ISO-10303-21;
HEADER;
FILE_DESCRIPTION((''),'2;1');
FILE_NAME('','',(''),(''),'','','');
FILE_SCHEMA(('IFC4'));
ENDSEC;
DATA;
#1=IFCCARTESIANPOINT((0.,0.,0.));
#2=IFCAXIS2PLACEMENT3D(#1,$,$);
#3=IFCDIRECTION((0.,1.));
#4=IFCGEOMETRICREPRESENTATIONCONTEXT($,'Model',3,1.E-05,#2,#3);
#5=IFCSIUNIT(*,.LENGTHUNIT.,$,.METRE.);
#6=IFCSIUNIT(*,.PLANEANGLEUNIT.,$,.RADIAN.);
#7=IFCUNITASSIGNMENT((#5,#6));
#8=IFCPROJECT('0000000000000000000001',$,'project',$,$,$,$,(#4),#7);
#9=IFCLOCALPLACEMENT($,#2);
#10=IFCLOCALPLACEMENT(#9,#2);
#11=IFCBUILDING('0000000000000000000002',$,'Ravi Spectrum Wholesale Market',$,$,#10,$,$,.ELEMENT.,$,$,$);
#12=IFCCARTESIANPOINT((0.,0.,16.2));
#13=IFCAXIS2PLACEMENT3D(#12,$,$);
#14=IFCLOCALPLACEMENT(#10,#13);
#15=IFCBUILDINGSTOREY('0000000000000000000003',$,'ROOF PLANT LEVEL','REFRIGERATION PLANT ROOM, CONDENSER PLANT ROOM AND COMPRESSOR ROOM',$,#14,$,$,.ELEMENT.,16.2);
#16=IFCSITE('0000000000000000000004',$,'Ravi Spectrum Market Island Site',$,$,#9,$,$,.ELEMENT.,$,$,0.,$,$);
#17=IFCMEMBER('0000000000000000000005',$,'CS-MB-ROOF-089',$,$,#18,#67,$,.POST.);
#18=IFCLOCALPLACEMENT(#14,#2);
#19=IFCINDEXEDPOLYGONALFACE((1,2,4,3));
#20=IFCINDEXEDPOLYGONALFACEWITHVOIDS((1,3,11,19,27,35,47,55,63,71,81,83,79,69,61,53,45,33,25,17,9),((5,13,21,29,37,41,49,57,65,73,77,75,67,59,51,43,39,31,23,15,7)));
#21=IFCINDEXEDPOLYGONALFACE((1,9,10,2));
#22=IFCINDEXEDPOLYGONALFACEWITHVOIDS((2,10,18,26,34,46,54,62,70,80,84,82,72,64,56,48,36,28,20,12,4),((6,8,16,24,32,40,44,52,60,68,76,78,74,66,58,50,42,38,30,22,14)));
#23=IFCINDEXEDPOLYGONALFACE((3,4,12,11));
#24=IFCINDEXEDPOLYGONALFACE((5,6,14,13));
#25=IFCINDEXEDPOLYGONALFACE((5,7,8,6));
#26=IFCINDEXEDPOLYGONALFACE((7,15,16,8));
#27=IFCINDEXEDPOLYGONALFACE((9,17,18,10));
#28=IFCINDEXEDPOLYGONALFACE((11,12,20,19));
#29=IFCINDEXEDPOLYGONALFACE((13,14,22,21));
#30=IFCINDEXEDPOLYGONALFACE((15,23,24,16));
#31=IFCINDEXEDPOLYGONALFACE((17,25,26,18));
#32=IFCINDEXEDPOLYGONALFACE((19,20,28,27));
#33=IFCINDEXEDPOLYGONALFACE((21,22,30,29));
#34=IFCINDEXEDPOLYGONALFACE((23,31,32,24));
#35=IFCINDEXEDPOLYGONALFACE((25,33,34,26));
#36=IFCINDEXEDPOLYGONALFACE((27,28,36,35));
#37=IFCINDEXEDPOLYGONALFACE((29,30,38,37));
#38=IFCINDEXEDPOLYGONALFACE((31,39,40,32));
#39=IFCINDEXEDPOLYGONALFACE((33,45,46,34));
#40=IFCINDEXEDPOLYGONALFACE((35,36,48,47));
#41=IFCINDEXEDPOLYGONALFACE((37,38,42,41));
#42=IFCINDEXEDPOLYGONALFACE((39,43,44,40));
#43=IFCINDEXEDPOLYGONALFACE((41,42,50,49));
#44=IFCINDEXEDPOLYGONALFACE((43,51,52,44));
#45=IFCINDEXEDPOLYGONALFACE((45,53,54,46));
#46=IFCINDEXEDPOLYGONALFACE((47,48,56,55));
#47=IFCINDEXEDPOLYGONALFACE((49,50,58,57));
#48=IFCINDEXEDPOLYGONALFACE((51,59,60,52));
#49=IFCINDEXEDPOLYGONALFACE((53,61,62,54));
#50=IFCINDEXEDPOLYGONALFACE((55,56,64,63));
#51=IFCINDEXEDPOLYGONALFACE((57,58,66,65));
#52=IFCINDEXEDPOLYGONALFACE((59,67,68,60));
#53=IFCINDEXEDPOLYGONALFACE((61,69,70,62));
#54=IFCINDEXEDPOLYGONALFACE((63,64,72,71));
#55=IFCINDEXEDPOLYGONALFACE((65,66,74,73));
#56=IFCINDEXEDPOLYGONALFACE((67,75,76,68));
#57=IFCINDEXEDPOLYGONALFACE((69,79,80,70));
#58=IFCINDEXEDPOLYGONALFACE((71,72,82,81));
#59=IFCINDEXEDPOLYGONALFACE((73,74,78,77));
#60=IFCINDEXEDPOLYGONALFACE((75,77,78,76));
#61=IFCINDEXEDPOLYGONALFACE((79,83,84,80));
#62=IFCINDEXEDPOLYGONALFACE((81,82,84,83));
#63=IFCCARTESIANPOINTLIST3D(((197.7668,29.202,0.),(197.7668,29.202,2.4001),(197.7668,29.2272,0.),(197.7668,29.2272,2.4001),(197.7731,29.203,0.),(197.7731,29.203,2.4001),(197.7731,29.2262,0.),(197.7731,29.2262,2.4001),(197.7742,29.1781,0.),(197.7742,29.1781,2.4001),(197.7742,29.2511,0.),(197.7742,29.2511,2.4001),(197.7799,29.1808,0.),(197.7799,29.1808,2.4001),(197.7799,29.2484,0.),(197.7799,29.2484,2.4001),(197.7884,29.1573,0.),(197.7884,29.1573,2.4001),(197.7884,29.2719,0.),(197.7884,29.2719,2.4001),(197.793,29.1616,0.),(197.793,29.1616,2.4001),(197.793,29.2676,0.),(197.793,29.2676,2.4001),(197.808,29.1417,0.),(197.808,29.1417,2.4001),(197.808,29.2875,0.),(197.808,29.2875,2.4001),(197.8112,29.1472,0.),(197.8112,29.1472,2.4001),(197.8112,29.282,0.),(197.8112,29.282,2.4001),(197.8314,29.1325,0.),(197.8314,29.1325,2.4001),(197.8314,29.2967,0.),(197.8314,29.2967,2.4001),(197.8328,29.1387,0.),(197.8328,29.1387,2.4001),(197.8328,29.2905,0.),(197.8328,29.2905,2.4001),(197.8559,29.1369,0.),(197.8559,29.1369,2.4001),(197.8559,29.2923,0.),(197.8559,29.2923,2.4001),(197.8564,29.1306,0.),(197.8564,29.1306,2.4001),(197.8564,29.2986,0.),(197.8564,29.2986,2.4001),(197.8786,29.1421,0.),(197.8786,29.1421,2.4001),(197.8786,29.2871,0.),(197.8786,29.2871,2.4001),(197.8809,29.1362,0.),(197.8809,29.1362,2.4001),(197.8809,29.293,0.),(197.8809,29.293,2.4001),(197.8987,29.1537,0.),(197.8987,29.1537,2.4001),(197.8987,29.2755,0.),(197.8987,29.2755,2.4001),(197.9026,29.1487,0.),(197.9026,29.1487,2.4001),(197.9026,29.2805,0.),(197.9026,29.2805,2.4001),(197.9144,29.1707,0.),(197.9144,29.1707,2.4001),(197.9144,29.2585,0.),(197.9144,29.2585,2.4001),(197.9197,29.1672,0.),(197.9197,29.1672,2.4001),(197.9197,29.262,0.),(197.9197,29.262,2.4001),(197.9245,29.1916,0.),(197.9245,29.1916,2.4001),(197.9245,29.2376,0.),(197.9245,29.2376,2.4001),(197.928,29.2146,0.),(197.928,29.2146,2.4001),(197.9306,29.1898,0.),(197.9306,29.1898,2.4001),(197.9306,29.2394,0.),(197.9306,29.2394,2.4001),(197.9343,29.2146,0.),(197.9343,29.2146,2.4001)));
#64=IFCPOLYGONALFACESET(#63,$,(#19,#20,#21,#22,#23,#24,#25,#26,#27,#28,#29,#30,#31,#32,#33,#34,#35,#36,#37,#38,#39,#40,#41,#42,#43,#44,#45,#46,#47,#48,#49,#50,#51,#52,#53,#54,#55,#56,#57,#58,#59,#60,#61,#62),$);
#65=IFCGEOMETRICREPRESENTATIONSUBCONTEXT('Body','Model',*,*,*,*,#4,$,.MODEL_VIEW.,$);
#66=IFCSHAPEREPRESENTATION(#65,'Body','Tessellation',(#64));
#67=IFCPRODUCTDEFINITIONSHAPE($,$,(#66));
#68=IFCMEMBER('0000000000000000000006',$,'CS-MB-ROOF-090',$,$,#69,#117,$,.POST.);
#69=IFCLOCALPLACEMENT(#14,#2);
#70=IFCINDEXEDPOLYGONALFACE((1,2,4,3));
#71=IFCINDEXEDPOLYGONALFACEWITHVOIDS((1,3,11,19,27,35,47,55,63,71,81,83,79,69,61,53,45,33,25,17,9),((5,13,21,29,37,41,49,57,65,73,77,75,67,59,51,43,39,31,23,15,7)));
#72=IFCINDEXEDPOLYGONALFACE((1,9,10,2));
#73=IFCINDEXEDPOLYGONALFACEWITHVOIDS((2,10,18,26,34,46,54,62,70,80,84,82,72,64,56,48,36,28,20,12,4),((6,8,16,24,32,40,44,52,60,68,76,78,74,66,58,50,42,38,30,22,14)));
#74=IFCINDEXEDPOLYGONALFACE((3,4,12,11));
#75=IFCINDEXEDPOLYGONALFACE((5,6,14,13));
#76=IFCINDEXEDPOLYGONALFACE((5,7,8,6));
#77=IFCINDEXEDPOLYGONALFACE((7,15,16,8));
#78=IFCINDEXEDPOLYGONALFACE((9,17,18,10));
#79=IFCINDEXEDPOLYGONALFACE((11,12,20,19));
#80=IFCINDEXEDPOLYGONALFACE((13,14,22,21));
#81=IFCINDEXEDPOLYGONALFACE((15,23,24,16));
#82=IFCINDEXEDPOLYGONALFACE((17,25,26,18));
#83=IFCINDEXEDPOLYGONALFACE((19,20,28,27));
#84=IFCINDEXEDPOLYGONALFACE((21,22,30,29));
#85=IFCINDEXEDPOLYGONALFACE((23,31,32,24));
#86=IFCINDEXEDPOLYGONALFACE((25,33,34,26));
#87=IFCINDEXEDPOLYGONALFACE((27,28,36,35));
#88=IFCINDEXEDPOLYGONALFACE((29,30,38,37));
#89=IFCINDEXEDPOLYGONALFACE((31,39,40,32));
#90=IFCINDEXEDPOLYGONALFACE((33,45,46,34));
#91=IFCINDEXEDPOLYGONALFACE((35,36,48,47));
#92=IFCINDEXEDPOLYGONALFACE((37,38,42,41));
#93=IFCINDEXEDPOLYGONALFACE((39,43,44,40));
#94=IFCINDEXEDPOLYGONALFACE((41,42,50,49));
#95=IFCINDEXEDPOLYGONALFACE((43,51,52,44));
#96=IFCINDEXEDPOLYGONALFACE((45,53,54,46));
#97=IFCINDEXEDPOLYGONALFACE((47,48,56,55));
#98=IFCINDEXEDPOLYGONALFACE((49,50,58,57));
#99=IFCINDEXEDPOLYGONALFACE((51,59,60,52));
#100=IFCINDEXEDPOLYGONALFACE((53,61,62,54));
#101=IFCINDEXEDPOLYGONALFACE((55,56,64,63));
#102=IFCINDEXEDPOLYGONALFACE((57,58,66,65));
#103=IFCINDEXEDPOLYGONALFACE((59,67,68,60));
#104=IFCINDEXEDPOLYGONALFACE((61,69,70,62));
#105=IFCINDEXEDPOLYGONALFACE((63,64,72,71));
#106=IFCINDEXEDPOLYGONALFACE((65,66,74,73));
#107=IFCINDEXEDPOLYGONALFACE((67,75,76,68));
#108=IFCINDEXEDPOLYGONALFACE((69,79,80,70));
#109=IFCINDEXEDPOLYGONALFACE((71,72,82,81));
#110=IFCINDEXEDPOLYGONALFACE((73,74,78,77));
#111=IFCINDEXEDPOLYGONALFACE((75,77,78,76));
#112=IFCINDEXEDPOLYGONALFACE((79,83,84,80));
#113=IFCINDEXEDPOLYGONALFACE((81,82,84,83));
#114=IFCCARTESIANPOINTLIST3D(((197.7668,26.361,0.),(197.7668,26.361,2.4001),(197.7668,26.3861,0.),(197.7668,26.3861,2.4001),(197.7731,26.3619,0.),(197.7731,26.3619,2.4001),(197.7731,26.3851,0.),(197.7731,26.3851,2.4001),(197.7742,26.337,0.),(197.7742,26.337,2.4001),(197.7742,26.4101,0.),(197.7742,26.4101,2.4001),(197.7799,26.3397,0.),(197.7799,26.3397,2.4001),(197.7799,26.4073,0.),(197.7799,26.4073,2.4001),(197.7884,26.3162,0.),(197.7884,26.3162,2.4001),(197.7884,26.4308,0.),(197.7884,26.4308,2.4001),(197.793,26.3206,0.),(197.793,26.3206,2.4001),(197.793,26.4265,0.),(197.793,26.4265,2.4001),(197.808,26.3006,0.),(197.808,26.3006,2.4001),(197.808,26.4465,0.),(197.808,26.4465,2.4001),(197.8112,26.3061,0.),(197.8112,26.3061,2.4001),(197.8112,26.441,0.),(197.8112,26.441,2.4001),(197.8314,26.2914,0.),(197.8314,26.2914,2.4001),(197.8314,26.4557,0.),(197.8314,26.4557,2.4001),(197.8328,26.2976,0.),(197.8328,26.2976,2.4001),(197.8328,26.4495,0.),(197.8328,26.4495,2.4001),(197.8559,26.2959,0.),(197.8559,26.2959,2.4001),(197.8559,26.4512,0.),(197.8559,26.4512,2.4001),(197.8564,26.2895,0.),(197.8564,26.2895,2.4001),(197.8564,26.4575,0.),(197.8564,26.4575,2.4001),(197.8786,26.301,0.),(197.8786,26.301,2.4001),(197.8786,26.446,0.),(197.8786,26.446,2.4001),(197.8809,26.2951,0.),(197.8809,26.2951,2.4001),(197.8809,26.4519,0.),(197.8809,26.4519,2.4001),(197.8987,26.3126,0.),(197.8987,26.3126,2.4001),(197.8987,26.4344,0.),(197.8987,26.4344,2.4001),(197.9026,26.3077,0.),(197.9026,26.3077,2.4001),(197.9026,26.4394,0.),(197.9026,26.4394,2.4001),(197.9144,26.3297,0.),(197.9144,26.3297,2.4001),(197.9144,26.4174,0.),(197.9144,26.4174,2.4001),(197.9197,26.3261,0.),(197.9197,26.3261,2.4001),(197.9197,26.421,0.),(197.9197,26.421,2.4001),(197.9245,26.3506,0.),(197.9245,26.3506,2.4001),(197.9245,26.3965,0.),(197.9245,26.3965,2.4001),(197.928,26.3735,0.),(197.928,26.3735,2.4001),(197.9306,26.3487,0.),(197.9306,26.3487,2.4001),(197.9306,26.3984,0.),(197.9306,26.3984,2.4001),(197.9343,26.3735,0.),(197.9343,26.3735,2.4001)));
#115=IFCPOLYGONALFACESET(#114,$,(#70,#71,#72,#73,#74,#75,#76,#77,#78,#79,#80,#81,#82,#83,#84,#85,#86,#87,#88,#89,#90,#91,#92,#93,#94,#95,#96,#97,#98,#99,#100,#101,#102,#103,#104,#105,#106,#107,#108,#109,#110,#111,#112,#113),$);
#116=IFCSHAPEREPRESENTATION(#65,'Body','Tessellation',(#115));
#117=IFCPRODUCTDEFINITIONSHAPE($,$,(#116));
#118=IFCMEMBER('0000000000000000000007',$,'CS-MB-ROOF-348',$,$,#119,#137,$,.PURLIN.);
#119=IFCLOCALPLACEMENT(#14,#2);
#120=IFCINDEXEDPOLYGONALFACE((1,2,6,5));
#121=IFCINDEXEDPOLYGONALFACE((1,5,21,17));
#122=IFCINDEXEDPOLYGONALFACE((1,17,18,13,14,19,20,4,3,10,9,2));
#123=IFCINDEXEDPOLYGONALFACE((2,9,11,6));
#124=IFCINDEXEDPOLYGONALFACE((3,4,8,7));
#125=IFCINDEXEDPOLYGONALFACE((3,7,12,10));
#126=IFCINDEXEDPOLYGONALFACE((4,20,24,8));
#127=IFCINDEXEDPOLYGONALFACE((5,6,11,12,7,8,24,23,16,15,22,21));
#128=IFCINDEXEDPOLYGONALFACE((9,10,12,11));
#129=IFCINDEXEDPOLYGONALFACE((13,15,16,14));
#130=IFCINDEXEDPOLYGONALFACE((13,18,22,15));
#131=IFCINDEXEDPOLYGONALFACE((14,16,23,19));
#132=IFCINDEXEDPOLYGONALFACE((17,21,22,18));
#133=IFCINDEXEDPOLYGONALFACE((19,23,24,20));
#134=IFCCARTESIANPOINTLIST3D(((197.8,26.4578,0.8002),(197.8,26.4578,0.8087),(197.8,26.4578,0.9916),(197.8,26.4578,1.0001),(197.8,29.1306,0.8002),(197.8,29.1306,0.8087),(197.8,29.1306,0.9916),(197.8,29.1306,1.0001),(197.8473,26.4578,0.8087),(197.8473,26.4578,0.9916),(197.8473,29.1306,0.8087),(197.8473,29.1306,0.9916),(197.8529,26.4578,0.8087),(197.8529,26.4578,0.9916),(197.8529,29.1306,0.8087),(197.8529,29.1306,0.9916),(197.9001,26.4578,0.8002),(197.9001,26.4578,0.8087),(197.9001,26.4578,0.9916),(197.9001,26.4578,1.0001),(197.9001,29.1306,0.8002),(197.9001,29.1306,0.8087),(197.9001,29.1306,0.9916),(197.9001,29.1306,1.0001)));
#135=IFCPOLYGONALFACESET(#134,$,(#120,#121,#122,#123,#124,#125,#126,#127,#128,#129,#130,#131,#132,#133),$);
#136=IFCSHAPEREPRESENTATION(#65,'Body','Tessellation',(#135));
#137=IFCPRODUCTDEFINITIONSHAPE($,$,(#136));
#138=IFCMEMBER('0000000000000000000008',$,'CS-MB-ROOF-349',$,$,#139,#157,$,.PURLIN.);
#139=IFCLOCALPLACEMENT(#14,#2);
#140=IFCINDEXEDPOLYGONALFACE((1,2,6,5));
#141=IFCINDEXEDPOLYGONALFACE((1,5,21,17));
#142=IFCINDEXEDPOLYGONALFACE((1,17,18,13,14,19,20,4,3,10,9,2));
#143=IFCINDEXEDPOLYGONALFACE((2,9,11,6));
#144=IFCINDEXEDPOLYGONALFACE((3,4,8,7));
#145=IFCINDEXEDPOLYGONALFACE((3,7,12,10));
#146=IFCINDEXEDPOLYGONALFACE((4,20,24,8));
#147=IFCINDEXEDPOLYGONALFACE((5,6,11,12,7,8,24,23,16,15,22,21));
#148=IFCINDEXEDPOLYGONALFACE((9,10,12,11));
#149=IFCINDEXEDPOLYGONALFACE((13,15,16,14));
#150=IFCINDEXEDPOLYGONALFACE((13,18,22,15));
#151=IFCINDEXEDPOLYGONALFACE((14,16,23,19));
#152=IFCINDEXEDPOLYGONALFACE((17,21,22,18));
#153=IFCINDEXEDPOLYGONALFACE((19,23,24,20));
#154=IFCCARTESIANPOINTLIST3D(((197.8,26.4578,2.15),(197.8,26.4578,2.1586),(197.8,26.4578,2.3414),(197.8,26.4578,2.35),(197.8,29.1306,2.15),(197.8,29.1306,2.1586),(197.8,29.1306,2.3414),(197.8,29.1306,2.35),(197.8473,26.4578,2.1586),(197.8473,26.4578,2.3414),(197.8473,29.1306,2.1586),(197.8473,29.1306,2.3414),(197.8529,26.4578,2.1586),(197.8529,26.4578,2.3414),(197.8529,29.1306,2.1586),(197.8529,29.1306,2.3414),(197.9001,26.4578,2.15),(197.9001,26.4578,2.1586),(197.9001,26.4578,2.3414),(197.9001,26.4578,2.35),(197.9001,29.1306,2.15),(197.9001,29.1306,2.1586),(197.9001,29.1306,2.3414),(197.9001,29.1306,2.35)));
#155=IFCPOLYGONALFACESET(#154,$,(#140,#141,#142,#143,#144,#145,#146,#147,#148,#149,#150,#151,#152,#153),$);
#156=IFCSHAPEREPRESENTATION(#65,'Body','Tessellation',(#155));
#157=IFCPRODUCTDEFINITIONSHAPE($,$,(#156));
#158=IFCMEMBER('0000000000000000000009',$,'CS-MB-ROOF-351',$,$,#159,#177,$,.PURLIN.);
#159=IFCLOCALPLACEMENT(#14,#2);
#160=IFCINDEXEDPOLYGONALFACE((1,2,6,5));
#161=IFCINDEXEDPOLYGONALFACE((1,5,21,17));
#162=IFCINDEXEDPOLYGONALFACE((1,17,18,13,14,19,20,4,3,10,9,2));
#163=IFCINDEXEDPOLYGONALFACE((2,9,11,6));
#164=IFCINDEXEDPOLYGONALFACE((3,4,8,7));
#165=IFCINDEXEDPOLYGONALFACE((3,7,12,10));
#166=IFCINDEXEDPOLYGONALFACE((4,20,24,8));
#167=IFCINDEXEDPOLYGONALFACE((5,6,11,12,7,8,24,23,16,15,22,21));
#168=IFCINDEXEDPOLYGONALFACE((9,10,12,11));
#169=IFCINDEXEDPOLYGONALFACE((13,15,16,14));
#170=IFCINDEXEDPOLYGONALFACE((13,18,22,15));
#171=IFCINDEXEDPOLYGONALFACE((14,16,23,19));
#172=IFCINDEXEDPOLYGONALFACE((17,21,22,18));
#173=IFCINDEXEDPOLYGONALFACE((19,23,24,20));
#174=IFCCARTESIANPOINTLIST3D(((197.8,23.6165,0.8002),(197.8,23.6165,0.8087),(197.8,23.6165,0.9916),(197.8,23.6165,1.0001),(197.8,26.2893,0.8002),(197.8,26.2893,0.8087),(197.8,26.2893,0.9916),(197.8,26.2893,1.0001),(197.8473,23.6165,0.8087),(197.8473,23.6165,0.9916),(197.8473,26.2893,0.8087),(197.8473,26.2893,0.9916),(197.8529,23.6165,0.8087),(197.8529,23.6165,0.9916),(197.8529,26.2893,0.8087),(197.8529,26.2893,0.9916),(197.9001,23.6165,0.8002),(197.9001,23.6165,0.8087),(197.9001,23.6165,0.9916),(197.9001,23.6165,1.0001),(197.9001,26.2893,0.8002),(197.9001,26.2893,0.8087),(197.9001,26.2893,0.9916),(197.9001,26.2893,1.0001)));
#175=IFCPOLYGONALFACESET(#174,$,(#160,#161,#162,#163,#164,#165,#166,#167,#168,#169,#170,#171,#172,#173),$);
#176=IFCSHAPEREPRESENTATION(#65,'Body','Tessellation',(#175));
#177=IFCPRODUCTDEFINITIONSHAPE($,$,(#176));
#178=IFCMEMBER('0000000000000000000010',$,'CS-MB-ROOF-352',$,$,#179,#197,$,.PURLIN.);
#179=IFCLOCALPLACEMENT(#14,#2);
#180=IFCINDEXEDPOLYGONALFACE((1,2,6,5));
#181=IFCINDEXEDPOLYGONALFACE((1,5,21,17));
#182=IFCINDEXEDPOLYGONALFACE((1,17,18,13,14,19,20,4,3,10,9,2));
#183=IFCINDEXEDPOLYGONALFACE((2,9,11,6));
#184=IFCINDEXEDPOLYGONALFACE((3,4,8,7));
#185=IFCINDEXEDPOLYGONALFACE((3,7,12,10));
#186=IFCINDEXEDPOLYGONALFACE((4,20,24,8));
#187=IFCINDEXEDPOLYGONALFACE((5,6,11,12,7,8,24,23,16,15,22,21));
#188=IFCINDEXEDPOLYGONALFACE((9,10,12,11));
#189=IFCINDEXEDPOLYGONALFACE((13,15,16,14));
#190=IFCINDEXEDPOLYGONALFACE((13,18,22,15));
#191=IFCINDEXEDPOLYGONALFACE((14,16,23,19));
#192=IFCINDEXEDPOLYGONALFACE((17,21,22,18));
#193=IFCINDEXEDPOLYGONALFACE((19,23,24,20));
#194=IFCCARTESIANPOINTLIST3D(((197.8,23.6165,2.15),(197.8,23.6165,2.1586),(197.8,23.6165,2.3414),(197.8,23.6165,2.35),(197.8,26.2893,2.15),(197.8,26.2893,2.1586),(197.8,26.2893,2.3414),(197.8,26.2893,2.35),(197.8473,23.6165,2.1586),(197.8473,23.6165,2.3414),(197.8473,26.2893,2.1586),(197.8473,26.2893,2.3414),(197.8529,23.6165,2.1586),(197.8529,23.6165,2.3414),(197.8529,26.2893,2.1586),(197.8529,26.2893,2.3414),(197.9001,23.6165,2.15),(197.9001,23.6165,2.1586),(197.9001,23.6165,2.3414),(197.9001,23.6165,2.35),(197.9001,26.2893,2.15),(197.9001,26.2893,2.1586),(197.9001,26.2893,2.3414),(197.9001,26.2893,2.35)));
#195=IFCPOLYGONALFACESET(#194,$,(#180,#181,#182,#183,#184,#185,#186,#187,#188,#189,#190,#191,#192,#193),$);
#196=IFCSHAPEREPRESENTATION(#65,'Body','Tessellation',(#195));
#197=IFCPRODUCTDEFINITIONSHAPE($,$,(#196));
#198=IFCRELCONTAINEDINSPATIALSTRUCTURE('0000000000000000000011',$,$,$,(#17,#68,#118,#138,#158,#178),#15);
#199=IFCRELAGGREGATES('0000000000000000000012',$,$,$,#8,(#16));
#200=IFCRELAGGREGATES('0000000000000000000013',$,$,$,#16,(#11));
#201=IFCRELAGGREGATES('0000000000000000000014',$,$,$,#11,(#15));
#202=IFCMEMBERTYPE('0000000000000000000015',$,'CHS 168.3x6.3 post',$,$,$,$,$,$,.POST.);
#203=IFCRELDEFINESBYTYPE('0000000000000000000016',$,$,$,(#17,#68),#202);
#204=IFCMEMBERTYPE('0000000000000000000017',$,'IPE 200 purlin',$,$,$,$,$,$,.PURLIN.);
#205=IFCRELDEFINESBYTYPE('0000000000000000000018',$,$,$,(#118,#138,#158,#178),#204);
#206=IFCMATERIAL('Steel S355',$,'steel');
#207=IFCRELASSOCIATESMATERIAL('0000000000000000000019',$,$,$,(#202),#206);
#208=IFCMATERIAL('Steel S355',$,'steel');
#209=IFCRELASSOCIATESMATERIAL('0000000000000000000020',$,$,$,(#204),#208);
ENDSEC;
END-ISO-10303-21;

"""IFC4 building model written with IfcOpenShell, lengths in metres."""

from ifc_helpers import new_model, si_unit, direction, frame, origin, origin_2d, place, context, subcontext, project, spatial, hollow_circle, i_section, extrude, material, material_profile, profile_set, type_object, element, save


model = new_model("IFC4")

# Units and contexts
model_context = context("Model", 3, precision=1e-05, world=origin(), true_north=direction((0.0, 1.0)))
body_context = subcontext(model_context, "Body", "Model", "MODEL_VIEW")
ifc_project = project(units=[si_unit("LENGTHUNIT", "METRE"), si_unit("PLANEANGLEUNIT", "RADIAN")], contexts=[model_context])

# Site, building, storey
site_placement = place(None, origin())
site = spatial("IfcSite", under=ifc_project, at=site_placement, Name="Ravi Spectrum Market Island Site", CompositionType="ELEMENT", RefElevation=0.0)
building_placement = place(site_placement, origin())
building = spatial("IfcBuilding", under=site, at=building_placement, Name="Ravi Spectrum Wholesale Market", CompositionType="ELEMENT")
storey_placement = place(building_placement, frame((0.0, 0.0, 16.2)))
storey = spatial("IfcBuildingStorey", under=building, at=storey_placement, Name="ROOF PLANT LEVEL", Description="REFRIGERATION PLANT ROOM, CONDENSER PLANT ROOM AND COMPRESSOR ROOM", CompositionType="ELEMENT", Elevation=16.2)

# Members
ifc_material_1 = material(Name="Steel S355", Category="steel")
ifc_material_profile_1 = material_profile(ifc_material_1, hollow_circle(Radius=0.0842, WallThickness=0.0063, at=origin_2d()))
ifc_profile_set_1 = profile_set([ifc_material_profile_1], Name="Steel S355")
member_type_1 = type_object("IfcMemberType", Name="CHS 168.3x6.3 post", PredefinedType="POST", material=ifc_profile_set_1)
for number, where, z_axis, x_axis, name in (
    (1, (197.8501, 29.2146, 0.0), (0.0, 0.0, 1.0), (1.0, 0.0, 0.0), "CS-MB-ROOF-089"),
    (2, (197.8501, 26.3735, 0.0), (0.0, 0.0, 1.0), (1.0, 0.0, 0.0), "CS-MB-ROOF-090"),
):
    element("IfcMember", number, at=place(storey_placement, frame(where, z_axis=z_axis, x_axis=x_axis)), inside=storey, type_object=member_type_1, Name=name, PredefinedType="POST", context=body_context, shape_type="SweptSolid", body=[
        extrude(hollow_circle(Radius=0.0842, WallThickness=0.0063, at=origin_2d()), origin(), (0.0, 0.0, 1.0), 2.4001),
    ])
ifc_material_2 = material(Name="Steel S355", Category="steel")
ifc_material_profile_2 = material_profile(ifc_material_2, i_section(OverallWidth=0.1001, OverallDepth=0.2, WebThickness=0.0056, FlangeThickness=0.0085, at=origin_2d()))
ifc_profile_set_2 = profile_set([ifc_material_profile_2], Name="Steel S355")
member_type_2 = type_object("IfcMemberType", Name="IPE 200 purlin", PredefinedType="PURLIN", material=ifc_profile_set_2)
for number, where, z_axis, x_axis, name in (
    (3, (197.8501, 29.1306, 0.9001), (0.0, -1.0, 0.0), (1.0, 0.0, 0.0), "CS-MB-ROOF-348"),
    (4, (197.8501, 29.1306, 2.25), (0.0, -1.0, 0.0), (1.0, 0.0, 0.0), "CS-MB-ROOF-349"),
    (5, (197.8501, 26.2893, 0.9001), (0.0, -1.0, 0.0), (1.0, 0.0, 0.0), "CS-MB-ROOF-351"),
    (6, (197.8501, 26.2893, 2.25), (0.0, -1.0, 0.0), (1.0, 0.0, 0.0), "CS-MB-ROOF-352"),
):
    element("IfcMember", number, at=place(storey_placement, frame(where, z_axis=z_axis, x_axis=x_axis)), inside=storey, type_object=member_type_2, Name=name, PredefinedType="PURLIN", context=body_context, shape_type="SweptSolid", body=[
        extrude(i_section(OverallWidth=0.1001, OverallDepth=0.2, WebThickness=0.0056, FlangeThickness=0.0085, at=origin_2d()), origin(), (0.0, 0.0, 1.0), 2.6729),
    ])

save(model, "model.ifc")
